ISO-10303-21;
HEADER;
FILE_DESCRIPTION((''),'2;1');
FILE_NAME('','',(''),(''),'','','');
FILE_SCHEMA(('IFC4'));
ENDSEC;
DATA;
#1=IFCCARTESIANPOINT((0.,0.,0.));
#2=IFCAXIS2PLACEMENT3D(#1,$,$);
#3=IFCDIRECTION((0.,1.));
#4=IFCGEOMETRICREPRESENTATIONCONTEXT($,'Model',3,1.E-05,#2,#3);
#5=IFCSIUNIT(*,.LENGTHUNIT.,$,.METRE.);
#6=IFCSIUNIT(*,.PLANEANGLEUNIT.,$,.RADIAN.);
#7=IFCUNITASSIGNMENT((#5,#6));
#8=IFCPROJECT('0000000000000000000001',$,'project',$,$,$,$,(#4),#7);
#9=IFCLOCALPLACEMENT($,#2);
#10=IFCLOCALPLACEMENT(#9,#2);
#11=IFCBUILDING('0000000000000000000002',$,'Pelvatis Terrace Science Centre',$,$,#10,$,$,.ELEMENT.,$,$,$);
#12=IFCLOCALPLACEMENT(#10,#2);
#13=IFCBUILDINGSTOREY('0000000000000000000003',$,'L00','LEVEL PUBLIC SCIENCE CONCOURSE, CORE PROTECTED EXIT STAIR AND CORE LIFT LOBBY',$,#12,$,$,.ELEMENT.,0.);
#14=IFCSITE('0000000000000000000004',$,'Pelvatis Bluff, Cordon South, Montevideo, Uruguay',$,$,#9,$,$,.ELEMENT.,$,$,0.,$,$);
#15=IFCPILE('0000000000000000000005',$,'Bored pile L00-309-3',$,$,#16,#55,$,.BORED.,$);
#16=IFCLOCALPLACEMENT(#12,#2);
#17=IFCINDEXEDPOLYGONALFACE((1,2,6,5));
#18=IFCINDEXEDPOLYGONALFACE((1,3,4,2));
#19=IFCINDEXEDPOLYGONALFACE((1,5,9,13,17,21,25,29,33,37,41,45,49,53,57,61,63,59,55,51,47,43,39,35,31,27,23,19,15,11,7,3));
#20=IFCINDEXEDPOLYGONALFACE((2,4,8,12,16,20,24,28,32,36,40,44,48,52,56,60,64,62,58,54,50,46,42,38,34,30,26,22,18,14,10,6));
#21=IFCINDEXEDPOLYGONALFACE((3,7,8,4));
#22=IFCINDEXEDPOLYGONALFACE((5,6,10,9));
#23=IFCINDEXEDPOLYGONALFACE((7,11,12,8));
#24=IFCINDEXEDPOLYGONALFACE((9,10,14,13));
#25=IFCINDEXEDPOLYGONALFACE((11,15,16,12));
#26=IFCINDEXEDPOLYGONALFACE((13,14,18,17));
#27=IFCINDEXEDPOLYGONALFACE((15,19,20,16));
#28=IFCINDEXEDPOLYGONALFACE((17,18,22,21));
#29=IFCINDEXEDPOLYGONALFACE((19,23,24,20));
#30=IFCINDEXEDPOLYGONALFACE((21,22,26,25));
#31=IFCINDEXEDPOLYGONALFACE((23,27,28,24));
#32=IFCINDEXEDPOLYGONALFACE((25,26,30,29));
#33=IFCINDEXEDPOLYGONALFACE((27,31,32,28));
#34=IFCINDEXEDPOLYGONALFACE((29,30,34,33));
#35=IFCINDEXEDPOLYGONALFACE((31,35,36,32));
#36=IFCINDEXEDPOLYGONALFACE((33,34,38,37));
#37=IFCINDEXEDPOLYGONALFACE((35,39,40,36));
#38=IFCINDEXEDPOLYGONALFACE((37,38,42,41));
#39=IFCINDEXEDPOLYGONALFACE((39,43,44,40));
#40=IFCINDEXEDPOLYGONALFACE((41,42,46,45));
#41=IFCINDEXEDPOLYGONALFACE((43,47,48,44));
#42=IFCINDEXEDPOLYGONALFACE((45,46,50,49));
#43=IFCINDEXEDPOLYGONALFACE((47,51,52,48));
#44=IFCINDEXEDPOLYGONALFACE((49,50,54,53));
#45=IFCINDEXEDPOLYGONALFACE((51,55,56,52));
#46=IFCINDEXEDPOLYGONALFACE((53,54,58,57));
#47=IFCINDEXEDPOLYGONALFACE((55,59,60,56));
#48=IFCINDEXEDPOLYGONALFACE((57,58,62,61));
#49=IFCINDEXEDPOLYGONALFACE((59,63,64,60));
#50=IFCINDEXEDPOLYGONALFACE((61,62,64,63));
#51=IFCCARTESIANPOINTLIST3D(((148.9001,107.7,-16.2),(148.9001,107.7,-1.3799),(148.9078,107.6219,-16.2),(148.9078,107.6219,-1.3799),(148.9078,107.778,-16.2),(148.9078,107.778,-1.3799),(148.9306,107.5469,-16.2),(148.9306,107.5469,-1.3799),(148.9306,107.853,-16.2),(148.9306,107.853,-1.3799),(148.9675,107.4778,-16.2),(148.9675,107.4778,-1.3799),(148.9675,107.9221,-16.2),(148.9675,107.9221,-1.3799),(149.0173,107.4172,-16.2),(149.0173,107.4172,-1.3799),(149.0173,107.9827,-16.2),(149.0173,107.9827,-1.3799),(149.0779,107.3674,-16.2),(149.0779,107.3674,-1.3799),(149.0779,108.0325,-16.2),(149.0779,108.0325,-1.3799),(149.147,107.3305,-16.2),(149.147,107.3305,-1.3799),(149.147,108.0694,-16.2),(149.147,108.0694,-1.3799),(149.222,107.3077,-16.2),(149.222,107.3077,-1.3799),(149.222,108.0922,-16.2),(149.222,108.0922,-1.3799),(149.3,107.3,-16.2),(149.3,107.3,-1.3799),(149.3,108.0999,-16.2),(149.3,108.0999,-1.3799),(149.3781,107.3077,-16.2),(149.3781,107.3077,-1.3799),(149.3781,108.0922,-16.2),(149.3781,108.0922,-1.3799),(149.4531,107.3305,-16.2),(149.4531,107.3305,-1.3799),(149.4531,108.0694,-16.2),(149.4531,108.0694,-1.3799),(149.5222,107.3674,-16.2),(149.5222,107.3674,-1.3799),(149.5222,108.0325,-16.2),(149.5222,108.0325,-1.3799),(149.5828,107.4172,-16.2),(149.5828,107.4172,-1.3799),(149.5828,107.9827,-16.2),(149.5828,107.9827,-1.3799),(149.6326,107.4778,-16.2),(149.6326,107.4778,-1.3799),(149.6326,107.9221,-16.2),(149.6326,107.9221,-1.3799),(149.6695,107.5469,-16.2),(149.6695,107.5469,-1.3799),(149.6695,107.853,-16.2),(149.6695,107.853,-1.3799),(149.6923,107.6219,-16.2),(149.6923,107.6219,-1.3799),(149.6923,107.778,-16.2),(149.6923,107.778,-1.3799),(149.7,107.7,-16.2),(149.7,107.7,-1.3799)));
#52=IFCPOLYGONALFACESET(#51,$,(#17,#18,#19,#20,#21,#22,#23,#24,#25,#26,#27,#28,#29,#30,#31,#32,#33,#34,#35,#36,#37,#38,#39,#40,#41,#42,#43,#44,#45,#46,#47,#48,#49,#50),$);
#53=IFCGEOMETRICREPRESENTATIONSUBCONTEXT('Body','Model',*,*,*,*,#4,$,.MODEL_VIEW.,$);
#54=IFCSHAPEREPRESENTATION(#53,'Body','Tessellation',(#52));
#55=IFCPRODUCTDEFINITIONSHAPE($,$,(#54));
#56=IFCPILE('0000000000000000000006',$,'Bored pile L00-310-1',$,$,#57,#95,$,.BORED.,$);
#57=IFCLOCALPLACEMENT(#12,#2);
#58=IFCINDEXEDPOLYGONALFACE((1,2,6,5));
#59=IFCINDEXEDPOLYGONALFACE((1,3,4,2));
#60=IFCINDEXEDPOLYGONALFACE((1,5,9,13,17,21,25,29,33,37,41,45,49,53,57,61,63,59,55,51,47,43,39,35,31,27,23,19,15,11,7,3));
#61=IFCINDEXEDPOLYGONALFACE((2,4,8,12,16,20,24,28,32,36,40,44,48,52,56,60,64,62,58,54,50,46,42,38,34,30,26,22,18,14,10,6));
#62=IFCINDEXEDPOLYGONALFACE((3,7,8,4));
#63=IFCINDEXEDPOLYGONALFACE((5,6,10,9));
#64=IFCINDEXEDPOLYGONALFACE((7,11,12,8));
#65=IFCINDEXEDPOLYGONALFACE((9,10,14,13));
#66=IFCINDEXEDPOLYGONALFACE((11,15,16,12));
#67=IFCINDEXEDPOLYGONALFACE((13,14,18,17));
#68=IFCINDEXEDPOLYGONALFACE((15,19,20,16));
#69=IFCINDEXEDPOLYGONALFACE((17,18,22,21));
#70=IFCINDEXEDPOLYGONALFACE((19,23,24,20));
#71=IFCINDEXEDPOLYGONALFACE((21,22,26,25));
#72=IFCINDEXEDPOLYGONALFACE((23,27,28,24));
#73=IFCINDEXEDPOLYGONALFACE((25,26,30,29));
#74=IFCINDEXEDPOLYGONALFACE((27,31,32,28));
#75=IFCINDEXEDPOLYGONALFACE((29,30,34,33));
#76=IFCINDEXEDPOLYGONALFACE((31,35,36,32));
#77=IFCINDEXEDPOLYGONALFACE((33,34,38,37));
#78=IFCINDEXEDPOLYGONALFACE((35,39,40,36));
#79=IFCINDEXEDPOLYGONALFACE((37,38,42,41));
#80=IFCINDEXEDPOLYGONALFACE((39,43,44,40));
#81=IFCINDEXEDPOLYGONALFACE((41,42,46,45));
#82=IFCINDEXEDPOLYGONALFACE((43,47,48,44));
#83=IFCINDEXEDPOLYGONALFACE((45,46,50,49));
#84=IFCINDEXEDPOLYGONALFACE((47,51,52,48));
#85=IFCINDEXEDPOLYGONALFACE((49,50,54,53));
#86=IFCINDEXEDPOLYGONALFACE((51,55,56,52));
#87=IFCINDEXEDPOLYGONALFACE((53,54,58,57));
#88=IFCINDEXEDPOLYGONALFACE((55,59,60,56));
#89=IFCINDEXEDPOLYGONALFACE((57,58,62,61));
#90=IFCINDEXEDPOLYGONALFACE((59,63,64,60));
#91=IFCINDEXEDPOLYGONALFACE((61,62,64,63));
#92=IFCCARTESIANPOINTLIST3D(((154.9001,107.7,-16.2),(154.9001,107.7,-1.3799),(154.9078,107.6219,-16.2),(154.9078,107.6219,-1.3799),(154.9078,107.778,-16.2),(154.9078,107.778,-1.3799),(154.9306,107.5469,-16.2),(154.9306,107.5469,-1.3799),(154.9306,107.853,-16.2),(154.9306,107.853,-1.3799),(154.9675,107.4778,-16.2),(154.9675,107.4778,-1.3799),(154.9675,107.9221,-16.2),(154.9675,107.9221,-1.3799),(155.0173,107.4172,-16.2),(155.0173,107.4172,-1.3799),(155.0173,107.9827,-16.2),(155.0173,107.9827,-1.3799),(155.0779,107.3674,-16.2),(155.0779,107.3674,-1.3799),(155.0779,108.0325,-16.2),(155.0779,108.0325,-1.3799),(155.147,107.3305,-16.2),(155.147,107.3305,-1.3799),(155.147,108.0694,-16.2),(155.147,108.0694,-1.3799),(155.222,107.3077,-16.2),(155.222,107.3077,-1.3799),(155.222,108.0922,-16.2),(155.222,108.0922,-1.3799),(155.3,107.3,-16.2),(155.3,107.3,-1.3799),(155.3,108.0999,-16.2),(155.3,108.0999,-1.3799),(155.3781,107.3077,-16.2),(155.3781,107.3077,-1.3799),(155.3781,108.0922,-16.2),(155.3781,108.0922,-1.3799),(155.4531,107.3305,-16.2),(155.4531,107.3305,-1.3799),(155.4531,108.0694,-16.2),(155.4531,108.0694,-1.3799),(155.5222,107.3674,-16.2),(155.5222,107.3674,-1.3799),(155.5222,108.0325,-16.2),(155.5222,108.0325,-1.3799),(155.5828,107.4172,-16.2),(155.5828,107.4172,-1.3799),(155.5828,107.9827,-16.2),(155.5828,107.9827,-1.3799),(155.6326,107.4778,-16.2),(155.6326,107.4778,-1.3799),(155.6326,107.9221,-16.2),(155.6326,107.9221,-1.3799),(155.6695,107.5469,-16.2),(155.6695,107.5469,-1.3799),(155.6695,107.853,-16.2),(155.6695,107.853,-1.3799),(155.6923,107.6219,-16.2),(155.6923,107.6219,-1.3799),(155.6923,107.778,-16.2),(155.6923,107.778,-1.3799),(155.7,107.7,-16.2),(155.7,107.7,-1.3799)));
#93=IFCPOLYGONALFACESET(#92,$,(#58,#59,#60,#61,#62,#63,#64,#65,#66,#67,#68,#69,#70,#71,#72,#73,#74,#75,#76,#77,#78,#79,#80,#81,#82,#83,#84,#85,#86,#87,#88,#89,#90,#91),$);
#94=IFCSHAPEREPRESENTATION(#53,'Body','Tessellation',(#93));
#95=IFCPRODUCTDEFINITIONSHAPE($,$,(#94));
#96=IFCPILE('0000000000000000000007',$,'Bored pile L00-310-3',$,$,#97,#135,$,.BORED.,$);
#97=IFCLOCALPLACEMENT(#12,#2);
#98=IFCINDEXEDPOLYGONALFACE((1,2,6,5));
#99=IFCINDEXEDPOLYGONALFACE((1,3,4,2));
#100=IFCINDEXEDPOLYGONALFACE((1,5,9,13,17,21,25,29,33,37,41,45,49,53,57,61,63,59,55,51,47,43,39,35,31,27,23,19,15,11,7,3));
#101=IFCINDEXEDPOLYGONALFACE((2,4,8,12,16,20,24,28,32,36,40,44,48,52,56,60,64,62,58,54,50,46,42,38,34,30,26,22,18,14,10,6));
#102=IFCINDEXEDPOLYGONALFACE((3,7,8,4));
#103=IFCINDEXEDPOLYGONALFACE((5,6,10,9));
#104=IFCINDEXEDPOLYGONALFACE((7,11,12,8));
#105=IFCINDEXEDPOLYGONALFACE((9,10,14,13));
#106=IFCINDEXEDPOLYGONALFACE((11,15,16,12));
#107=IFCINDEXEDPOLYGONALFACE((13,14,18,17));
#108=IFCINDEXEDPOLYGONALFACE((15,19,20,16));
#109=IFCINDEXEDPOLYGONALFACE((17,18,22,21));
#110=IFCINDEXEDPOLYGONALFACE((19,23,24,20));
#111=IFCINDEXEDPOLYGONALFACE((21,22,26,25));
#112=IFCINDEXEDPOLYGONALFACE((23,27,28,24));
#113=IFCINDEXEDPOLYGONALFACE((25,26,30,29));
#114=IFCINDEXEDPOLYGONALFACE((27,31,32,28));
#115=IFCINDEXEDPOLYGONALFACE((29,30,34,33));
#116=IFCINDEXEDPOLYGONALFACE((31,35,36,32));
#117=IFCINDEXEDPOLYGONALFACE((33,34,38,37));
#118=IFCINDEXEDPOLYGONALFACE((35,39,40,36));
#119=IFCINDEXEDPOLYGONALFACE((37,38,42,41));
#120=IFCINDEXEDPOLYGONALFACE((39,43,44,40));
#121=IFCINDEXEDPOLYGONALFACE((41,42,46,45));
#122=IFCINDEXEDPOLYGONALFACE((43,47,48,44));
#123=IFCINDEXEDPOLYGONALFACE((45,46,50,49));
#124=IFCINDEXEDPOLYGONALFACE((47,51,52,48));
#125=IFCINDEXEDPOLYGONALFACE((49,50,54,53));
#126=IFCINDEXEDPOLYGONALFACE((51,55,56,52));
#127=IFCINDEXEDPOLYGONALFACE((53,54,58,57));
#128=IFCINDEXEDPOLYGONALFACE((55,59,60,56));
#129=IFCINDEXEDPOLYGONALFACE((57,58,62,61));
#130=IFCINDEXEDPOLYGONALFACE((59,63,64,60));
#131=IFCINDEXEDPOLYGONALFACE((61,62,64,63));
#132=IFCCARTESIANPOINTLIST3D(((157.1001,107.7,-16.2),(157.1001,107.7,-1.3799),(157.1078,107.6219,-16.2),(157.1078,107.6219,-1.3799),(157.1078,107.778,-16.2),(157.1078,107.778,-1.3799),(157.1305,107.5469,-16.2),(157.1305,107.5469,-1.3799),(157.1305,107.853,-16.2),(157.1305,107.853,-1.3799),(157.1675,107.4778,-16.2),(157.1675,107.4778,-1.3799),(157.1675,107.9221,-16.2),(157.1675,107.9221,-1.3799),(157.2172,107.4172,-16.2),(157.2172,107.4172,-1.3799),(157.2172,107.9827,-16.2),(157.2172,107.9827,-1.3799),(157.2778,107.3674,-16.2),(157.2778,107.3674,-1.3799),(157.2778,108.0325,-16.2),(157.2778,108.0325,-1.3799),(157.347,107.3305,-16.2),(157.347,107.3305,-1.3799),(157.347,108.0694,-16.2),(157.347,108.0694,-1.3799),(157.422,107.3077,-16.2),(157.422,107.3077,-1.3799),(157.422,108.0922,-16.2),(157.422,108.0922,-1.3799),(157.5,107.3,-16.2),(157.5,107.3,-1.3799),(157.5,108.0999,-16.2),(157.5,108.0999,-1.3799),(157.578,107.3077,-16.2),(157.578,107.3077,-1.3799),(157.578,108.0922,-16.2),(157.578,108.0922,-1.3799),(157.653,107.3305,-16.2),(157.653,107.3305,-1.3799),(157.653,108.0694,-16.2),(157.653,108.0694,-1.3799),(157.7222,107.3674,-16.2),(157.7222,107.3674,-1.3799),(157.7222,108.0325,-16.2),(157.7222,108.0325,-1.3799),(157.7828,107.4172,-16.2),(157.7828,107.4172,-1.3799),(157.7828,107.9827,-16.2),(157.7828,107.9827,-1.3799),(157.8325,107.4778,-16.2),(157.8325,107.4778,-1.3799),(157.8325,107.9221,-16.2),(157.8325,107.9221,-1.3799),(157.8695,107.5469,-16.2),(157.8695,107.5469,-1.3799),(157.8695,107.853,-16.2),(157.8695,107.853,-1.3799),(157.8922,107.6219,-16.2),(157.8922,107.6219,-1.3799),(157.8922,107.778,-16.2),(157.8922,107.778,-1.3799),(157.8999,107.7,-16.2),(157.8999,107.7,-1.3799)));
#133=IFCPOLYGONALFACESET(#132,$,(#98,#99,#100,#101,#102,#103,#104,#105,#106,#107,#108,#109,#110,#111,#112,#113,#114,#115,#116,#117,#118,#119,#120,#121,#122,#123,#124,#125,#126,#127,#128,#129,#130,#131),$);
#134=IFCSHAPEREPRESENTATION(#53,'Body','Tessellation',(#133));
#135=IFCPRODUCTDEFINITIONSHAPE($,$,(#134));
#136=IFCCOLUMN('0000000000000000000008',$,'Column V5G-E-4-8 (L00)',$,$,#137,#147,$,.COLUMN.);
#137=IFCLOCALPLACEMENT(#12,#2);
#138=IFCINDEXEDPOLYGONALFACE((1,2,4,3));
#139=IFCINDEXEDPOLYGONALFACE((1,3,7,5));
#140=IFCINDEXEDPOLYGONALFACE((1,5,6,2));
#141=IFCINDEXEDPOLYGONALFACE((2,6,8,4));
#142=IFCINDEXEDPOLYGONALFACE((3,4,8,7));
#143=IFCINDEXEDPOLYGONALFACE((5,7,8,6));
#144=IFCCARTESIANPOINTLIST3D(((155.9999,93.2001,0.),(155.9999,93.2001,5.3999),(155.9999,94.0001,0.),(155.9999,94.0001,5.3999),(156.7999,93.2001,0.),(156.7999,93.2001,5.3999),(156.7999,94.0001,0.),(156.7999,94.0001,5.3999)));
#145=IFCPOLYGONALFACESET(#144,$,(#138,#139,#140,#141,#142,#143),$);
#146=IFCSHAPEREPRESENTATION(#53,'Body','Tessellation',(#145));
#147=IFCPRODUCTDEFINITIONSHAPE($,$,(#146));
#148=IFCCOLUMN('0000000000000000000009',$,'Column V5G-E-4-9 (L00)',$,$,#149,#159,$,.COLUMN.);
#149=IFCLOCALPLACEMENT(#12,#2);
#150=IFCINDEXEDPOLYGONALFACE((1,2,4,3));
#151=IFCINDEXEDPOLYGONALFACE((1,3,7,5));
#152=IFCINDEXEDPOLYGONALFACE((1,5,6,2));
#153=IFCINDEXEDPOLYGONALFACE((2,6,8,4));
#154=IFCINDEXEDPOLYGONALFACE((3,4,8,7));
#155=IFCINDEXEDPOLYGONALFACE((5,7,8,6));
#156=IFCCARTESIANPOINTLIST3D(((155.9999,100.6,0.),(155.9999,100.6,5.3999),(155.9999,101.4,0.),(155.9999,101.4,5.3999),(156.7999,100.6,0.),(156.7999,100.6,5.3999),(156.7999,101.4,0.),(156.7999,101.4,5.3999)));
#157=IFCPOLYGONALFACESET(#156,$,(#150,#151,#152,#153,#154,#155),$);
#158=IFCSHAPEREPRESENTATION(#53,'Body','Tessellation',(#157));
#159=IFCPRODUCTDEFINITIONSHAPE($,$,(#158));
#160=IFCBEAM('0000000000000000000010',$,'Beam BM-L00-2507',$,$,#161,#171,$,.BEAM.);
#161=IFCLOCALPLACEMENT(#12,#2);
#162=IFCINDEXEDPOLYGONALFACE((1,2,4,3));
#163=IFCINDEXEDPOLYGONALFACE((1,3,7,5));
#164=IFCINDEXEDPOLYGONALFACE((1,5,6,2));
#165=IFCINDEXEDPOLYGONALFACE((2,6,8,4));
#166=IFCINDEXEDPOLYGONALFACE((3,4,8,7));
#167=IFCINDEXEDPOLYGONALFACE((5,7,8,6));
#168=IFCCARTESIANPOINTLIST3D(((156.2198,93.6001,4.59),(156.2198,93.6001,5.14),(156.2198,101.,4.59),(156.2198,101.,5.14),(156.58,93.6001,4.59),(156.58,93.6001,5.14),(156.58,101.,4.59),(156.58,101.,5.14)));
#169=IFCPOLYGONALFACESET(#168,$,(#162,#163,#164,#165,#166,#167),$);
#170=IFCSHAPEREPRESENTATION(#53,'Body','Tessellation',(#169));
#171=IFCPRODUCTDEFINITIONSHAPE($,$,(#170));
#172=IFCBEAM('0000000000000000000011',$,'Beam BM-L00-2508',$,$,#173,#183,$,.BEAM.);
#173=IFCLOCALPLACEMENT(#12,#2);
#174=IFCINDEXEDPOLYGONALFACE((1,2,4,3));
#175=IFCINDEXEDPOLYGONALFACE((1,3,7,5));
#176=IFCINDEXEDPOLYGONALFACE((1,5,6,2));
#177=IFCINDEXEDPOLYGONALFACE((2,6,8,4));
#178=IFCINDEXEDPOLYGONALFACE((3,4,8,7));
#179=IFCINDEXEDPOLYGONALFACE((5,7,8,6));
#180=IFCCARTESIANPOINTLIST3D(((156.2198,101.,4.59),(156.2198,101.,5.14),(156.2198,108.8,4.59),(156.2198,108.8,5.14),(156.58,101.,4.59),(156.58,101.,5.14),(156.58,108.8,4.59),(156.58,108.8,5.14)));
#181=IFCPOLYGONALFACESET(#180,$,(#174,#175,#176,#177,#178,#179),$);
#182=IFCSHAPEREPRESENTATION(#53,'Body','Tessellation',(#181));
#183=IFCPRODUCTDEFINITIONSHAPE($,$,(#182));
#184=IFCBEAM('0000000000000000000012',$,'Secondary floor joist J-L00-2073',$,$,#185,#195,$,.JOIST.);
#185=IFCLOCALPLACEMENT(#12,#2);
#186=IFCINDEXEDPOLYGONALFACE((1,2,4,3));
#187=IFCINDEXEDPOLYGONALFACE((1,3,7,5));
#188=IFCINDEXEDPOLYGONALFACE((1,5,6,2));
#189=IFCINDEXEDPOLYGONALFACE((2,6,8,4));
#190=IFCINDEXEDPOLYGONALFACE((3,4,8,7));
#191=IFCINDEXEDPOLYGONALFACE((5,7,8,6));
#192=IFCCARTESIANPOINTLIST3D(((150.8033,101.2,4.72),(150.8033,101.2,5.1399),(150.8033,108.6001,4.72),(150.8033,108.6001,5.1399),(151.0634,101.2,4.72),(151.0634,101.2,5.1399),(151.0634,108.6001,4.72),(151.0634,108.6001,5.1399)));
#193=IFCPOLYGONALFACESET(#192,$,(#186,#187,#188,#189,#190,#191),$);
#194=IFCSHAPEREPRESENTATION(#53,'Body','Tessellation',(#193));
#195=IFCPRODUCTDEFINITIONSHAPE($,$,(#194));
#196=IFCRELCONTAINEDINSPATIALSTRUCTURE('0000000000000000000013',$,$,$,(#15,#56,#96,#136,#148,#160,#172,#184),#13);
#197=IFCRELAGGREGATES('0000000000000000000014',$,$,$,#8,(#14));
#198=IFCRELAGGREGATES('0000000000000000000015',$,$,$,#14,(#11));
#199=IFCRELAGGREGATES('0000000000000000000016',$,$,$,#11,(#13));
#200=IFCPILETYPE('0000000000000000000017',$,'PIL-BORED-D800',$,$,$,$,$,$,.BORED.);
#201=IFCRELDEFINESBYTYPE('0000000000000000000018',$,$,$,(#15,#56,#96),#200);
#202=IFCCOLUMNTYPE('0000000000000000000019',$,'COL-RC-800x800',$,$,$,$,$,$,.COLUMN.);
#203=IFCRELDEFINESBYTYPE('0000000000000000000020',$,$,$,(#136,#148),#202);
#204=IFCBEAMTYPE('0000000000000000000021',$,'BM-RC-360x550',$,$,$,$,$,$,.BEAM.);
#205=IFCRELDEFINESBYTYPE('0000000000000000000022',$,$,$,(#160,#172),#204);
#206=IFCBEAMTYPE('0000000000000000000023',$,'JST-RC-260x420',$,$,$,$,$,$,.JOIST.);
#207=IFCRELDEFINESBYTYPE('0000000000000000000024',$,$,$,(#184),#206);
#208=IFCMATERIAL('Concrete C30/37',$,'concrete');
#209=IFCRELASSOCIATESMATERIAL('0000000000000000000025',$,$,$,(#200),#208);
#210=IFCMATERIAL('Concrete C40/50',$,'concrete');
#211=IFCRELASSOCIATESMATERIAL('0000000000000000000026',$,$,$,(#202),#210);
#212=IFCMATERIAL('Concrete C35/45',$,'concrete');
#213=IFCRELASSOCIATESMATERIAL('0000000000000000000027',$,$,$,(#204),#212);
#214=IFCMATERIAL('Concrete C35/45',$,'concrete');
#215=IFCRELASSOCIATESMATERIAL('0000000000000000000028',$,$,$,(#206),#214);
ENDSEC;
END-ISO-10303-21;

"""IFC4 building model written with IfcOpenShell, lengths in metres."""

from ifc_helpers import new_model, si_unit, direction, frame, origin, origin_2d, place, context, subcontext, project, spatial, rectangle, circle, extrude, material, material_profile, profile_set, type_object, element, save


model = new_model("IFC4")

# Units and contexts
model_context = context("Model", 3, precision=1e-05, world=origin(), true_north=direction((0.0, 1.0)))
body_context = subcontext(model_context, "Body", "Model", "MODEL_VIEW")
ifc_project = project(units=[si_unit("LENGTHUNIT", "METRE"), si_unit("PLANEANGLEUNIT", "RADIAN")], contexts=[model_context])

# Site, building, storey
site_placement = place(None, origin())
site = spatial("IfcSite", under=ifc_project, at=site_placement, Name="Pelvatis Bluff, Cordon South, Montevideo, Uruguay", CompositionType="ELEMENT", RefElevation=0.0)
building_placement = place(site_placement, origin())
building = spatial("IfcBuilding", under=site, at=building_placement, Name="Pelvatis Terrace Science Centre", CompositionType="ELEMENT")
storey_placement = place(building_placement, origin())
storey = spatial("IfcBuildingStorey", under=building, at=storey_placement, Name="L00", Description="LEVEL PUBLIC SCIENCE CONCOURSE, CORE PROTECTED EXIT STAIR AND CORE LIFT LOBBY", CompositionType="ELEMENT", Elevation=0.0)

# Piles
ifc_material_1 = material(Name="Concrete C30/37", Category="concrete")
ifc_material_profile_1 = material_profile(ifc_material_1, circle(Radius=0.3999, at=origin_2d()), Name="PILE D800")
ifc_profile_set_1 = profile_set([ifc_material_profile_1], Name="Concrete C30/37")
pile_type = type_object("IfcPileType", Name="PIL-BORED-D800", PredefinedType="BORED", material=ifc_profile_set_1)
for number, where, z_axis, x_axis, name in (
    (1, (149.3, 107.7, -1.3799), (0.0, 0.0, -1.0), (1.0, 0.0, 0.0), "Bored pile L00-309-3"),
    (2, (155.3, 107.7, -1.3799), (0.0, 0.0, -1.0), (1.0, 0.0, 0.0), "Bored pile L00-310-1"),
    (3, (157.5, 107.7, -1.3799), (0.0, 0.0, -1.0), (1.0, 0.0, 0.0), "Bored pile L00-310-3"),
):
    element("IfcPile", number, at=place(storey_placement, frame(where, z_axis=z_axis, x_axis=x_axis)), inside=storey, type_object=pile_type, Name=name, PredefinedType="BORED", context=body_context, shape_type="SweptSolid", body=[
        extrude(circle(Radius=0.3999, at=origin_2d()), origin(), (0.0, 0.0, 1.0), 14.8201),
    ])

# Columns
ifc_material_2 = material(Name="Concrete C40/50", Category="concrete")
ifc_material_profile_2 = material_profile(ifc_material_2, rectangle(XDim=0.8, YDim=0.8, at=origin_2d()), Name="RC-COL 800x800")
ifc_profile_set_2 = profile_set([ifc_material_profile_2], Name="Concrete C40/50")
column_type = type_object("IfcColumnType", Name="COL-RC-800x800", PredefinedType="COLUMN", material=ifc_profile_set_2)
for number, where, z_axis, x_axis, name in (
    (4, (156.3999, 93.6001, 0.0), (0.0, 0.0, 1.0), (1.0, 0.0, 0.0), "Column V5G-E-4-8 (L00)"),
    (5, (156.3999, 101.0, 0.0), (0.0, 0.0, 1.0), (1.0, 0.0, 0.0), "Column V5G-E-4-9 (L00)"),
):
    element("IfcColumn", number, at=place(storey_placement, frame(where, z_axis=z_axis, x_axis=x_axis)), inside=storey, type_object=column_type, Name=name, PredefinedType="COLUMN", context=body_context, shape_type="SweptSolid", body=[
        extrude(rectangle(XDim=0.8, YDim=0.8, at=origin_2d()), origin(), (0.0, 0.0, 1.0), 5.3999),
    ])

# Beams
ifc_material_3 = material(Name="Concrete C35/45", Category="concrete")
ifc_material_profile_3 = material_profile(ifc_material_3, rectangle(XDim=0.3601, YDim=0.55, at=origin_2d()), Name="RC-BM 360x550")
ifc_profile_set_3 = profile_set([ifc_material_profile_3], Name="Concrete C35/45")
beam_type_1 = type_object("IfcBeamType", Name="BM-RC-360x550", PredefinedType="BEAM", material=ifc_profile_set_3)
beam_1_placement = place(storey_placement, frame((156.3999, 93.6001, 4.865), z_axis=(0.0, 1.0, 0.0), x_axis=(-1.0, 0.0, 0.0)))
element("IfcBeam", 6, at=beam_1_placement, inside=storey, type_object=beam_type_1, Name="Beam BM-L00-2507", PredefinedType="BEAM", context=body_context, shape_type="SweptSolid", body=[
    extrude(rectangle(XDim=0.3601, YDim=0.55, at=origin_2d()), origin(), (0.0, 0.0, 1.0), 7.3999),
])
beam_2_placement = place(storey_placement, frame((156.3999, 101.0, 4.865), z_axis=(0.0, 1.0, 0.0), x_axis=(-1.0, 0.0, 0.0)))
element("IfcBeam", 7, at=beam_2_placement, inside=storey, type_object=beam_type_1, Name="Beam BM-L00-2508", PredefinedType="BEAM", context=body_context, shape_type="SweptSolid", body=[
    extrude(rectangle(XDim=0.3601, YDim=0.55, at=origin_2d()), origin(), (0.0, 0.0, 1.0), 7.8),
])
ifc_material_4 = material(Name="Concrete C35/45", Category="concrete")
ifc_material_profile_4 = material_profile(ifc_material_4, rectangle(XDim=0.26, YDim=0.4199, at=origin_2d()), Name="RC-JST 260x420")
ifc_profile_set_4 = profile_set([ifc_material_profile_4], Name="Concrete C35/45")
beam_type_2 = type_object("IfcBeamType", Name="JST-RC-260x420", PredefinedType="JOIST", material=ifc_profile_set_4)
for number, where, z_axis, x_axis, name in (
    (8, (150.9333, 101.2, 4.9299), (0.0, 1.0, 0.0), (-1.0, 0.0, 0.0), "Secondary floor joist J-L00-2073"),
):
    element("IfcBeam", number, at=place(storey_placement, frame(where, z_axis=z_axis, x_axis=x_axis)), inside=storey, type_object=beam_type_2, Name=name, PredefinedType="JOIST", context=body_context, shape_type="SweptSolid", body=[
        extrude(rectangle(XDim=0.26, YDim=0.4199, at=origin_2d()), origin(), (0.0, 0.0, 1.0), 7.4001),
    ])

save(model, "model.ifc")
